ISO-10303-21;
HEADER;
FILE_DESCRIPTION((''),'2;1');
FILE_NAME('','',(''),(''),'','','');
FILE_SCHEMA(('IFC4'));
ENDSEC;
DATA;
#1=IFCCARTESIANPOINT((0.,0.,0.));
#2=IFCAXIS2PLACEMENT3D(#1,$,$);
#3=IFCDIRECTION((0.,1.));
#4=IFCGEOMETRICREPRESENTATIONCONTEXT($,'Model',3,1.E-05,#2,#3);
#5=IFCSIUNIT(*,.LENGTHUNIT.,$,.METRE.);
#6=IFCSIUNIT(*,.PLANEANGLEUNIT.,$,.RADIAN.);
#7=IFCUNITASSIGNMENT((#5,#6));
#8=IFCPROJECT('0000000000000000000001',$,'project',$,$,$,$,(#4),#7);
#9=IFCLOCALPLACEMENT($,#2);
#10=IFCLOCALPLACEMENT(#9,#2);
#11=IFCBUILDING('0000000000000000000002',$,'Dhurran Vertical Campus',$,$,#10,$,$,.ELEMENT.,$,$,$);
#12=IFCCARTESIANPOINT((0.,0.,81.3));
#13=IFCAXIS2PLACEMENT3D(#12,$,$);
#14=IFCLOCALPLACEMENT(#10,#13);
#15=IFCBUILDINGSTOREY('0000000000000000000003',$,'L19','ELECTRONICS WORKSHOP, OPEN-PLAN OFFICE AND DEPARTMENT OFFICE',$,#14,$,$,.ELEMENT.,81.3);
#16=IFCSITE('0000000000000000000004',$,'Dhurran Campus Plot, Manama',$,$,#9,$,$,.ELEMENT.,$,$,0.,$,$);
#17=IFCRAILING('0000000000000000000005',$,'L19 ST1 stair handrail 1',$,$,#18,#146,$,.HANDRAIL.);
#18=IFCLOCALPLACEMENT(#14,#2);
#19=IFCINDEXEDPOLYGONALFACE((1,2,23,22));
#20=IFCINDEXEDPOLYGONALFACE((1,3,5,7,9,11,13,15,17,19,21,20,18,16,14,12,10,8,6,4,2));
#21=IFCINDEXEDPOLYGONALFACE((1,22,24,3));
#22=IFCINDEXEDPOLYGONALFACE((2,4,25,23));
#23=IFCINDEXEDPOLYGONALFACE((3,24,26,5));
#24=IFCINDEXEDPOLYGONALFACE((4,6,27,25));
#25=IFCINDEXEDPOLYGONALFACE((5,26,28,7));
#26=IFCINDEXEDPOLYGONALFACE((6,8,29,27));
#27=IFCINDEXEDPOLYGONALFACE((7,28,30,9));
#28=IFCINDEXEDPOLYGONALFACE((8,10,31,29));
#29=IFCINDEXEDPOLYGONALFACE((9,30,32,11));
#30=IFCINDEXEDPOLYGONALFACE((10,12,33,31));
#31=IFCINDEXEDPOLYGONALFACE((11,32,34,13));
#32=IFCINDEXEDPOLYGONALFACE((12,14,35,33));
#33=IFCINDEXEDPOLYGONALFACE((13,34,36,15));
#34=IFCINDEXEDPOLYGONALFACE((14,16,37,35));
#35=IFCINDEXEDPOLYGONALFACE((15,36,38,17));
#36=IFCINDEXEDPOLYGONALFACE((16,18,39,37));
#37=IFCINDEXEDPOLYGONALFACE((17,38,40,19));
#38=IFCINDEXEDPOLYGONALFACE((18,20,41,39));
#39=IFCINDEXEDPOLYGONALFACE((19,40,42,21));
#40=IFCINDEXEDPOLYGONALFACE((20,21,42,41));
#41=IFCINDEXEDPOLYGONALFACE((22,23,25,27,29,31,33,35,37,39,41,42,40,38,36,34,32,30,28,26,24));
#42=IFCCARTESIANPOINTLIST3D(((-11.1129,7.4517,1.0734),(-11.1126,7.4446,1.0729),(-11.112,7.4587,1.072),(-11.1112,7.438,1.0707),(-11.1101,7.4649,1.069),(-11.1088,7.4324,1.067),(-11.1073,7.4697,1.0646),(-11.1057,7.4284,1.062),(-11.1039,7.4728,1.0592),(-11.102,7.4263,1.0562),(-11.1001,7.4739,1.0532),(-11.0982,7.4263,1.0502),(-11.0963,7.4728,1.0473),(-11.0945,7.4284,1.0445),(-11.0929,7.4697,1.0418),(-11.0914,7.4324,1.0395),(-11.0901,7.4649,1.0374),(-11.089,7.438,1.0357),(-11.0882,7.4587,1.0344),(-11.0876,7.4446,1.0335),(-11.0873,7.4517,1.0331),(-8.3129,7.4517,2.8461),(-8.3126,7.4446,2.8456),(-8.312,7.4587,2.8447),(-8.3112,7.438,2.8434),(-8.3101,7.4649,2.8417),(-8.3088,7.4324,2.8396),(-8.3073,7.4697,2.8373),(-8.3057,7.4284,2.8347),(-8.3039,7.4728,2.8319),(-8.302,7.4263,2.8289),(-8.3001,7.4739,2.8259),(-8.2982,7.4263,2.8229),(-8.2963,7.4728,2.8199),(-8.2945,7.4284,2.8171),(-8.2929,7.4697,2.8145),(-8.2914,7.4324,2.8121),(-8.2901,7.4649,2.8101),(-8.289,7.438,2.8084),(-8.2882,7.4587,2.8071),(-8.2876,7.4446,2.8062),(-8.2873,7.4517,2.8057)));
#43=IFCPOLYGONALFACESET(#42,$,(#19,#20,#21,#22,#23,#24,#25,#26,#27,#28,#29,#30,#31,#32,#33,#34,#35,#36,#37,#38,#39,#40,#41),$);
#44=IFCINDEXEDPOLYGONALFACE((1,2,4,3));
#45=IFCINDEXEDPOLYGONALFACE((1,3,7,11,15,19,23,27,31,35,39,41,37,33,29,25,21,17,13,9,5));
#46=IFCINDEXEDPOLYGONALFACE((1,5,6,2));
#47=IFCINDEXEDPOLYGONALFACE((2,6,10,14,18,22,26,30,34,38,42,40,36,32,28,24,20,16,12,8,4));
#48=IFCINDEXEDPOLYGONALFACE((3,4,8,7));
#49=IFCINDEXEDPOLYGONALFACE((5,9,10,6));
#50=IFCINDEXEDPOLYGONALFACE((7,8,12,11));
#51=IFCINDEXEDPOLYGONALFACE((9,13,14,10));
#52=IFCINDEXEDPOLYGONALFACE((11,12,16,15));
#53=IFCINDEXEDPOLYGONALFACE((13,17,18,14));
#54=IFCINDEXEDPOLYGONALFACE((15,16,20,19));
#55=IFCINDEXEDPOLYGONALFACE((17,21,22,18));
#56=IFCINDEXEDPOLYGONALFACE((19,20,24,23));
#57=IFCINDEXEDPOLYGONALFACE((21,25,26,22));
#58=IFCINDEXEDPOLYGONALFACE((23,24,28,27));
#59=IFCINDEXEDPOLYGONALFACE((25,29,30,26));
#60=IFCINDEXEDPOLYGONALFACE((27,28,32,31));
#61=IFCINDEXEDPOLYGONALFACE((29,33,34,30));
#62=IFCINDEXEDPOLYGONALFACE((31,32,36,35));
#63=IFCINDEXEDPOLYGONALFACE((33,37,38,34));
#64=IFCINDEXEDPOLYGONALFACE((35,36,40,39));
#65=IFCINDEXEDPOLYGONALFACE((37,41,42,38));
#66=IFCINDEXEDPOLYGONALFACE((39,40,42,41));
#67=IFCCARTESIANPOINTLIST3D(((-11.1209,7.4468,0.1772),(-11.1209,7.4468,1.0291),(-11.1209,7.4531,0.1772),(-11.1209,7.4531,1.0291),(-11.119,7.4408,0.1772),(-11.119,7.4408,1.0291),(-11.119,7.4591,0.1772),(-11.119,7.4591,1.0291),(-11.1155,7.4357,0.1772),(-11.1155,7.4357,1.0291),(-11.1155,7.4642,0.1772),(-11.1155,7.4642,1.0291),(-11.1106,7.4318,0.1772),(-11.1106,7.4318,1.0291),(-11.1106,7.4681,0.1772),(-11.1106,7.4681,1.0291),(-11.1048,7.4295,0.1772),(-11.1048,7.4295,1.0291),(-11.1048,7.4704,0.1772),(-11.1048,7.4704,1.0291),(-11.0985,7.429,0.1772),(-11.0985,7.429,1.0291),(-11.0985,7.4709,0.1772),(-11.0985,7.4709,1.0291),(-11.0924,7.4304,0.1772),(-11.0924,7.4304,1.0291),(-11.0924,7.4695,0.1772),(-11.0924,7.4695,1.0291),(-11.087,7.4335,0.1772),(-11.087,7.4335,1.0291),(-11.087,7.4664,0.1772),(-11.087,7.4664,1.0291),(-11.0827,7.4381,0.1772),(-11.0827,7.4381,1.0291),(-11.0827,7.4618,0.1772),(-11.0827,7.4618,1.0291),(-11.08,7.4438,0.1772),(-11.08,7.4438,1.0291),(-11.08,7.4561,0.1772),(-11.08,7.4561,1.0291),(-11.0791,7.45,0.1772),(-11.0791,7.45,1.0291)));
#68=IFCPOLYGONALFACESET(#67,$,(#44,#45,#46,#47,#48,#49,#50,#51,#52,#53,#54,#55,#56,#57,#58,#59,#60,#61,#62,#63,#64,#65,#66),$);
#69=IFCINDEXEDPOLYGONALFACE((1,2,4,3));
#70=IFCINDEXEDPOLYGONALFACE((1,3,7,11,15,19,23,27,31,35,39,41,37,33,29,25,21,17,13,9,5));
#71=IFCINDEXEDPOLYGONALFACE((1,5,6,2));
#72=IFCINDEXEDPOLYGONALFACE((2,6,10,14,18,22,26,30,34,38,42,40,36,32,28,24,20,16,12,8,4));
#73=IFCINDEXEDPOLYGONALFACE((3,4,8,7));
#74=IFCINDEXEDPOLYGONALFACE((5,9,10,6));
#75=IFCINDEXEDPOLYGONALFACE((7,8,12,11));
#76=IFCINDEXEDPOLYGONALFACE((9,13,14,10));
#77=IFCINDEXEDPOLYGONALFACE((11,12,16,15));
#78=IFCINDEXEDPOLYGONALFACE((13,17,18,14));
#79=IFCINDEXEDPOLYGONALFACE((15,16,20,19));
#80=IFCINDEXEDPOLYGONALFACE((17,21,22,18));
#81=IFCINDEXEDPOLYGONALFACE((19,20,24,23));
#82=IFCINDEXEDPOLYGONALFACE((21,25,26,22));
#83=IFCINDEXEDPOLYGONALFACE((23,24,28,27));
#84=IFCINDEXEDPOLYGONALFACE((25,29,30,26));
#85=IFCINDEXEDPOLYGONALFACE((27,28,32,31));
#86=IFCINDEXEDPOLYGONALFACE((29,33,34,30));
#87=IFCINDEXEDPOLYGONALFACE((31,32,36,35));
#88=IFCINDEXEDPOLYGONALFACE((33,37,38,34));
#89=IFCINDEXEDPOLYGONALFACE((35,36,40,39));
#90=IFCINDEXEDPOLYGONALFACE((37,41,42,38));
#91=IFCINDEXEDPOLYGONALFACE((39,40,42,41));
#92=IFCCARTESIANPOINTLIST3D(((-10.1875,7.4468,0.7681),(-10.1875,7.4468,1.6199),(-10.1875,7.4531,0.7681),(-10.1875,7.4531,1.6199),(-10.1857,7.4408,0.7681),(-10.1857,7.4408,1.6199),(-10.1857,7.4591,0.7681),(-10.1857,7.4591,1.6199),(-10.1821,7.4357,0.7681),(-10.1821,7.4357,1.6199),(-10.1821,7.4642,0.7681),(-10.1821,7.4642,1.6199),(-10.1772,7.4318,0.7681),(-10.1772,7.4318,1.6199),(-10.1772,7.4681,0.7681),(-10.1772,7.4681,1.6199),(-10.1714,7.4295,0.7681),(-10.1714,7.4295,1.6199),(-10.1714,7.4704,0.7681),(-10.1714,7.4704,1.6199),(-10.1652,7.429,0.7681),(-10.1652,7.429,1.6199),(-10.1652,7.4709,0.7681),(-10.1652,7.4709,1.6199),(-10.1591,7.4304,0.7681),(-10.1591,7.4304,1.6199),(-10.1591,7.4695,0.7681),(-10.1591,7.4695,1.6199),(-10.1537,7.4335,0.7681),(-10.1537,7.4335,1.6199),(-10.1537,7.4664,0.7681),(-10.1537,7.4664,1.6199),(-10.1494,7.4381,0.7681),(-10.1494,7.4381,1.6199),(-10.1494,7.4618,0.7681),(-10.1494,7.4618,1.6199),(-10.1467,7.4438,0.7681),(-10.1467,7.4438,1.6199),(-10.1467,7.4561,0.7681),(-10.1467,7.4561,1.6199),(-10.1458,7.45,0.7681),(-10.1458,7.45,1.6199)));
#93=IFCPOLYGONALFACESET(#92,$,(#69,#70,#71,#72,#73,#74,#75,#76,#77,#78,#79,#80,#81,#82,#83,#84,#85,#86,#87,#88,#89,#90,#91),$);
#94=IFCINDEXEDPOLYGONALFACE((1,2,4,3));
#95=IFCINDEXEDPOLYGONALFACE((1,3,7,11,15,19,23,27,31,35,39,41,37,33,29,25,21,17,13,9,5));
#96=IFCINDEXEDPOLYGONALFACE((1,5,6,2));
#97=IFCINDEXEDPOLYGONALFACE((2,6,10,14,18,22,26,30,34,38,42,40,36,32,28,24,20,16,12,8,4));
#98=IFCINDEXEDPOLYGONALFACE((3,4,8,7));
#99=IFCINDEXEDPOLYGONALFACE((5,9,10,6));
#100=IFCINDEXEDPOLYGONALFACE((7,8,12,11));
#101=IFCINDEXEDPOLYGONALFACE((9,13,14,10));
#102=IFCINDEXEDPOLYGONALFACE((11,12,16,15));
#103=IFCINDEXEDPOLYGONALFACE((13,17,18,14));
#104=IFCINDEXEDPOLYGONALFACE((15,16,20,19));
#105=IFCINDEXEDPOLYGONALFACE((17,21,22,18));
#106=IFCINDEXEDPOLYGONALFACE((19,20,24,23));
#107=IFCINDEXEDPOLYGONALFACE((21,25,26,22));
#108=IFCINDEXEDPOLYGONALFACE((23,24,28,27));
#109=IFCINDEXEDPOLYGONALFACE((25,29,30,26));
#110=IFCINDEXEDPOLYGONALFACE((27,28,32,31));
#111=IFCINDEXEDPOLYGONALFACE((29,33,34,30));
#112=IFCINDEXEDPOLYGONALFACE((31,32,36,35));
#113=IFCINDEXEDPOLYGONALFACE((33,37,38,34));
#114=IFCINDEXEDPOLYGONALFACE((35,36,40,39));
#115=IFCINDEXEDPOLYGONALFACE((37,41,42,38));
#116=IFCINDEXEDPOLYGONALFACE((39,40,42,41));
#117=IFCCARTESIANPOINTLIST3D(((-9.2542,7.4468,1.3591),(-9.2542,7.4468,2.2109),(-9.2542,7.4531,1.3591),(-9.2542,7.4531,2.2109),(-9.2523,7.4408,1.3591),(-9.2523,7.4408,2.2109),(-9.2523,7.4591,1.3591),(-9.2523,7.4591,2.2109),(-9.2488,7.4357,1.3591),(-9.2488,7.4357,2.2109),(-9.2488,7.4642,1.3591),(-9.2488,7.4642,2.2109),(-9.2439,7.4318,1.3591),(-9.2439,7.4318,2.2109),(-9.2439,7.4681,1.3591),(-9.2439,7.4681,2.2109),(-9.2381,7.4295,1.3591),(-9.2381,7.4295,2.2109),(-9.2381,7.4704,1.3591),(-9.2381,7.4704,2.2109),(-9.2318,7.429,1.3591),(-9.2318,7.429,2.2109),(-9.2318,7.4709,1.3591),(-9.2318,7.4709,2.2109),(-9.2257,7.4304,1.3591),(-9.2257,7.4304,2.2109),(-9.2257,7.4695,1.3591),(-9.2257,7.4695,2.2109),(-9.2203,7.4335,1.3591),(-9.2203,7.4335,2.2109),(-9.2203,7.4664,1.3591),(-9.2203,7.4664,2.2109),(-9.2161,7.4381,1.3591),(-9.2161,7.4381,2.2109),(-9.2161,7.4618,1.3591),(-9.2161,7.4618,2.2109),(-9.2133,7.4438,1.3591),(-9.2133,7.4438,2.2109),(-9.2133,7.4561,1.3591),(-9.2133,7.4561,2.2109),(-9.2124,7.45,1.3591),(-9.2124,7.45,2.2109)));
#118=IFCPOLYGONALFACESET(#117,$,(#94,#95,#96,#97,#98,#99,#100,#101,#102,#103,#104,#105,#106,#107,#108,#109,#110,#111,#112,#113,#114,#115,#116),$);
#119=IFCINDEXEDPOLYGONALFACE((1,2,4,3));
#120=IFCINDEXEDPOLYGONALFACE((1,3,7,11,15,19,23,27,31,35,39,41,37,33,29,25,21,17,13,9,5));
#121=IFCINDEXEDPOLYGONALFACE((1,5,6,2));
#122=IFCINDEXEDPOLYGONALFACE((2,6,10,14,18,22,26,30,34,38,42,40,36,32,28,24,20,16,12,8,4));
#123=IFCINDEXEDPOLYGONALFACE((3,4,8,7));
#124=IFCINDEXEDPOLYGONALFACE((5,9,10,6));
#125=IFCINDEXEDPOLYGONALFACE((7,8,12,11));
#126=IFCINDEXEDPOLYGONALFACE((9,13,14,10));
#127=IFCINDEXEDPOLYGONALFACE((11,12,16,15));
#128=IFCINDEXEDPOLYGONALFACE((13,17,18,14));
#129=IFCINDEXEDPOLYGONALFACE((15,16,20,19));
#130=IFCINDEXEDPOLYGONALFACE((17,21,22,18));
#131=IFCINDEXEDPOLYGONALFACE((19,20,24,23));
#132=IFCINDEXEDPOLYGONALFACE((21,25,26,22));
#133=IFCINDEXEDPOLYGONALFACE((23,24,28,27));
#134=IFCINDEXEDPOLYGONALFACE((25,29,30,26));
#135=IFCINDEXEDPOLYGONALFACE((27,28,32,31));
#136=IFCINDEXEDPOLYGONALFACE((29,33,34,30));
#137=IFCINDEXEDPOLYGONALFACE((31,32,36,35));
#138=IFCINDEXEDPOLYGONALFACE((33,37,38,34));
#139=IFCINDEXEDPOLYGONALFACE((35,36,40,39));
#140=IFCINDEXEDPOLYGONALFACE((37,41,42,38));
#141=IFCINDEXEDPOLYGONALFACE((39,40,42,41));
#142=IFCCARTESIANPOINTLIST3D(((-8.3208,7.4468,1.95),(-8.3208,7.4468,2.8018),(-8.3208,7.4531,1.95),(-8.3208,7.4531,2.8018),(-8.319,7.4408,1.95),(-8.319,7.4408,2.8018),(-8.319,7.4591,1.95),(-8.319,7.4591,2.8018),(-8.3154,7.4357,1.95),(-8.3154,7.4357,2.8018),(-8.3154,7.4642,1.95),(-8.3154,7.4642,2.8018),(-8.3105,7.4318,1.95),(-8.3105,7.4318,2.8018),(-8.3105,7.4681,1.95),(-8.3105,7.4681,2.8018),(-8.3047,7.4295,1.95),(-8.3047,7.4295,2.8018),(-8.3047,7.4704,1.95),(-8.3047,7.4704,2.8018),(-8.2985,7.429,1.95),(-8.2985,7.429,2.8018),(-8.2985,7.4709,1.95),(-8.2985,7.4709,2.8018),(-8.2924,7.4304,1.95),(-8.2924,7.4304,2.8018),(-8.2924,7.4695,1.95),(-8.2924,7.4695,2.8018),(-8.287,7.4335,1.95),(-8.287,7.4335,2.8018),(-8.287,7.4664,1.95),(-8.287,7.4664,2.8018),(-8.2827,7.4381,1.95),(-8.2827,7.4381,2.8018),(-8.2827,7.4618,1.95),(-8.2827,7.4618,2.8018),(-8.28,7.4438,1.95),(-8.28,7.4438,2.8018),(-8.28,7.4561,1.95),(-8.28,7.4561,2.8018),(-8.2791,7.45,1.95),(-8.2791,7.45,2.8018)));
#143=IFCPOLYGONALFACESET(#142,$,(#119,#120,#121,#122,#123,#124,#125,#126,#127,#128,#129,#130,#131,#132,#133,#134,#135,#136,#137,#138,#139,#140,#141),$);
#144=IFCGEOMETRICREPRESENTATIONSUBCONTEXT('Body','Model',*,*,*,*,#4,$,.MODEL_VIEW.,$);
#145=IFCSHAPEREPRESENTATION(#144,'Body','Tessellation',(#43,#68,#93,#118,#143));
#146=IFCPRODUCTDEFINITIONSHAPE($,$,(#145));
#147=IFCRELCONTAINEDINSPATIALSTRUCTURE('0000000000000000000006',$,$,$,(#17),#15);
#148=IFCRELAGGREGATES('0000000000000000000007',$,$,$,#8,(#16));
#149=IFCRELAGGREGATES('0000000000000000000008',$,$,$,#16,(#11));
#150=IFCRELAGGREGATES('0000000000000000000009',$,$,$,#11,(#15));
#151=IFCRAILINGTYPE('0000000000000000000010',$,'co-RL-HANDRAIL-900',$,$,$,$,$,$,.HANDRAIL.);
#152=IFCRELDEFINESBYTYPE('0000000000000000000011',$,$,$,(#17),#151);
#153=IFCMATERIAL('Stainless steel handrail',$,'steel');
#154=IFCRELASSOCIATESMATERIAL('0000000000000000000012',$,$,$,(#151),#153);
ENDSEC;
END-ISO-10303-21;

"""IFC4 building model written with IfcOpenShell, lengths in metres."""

from ifc_helpers import new_model, si_unit, direction, frame, origin, origin_2d, place, context, subcontext, project, spatial, circle, extrude, material, type_object, element, save


model = new_model("IFC4")

# Units and contexts
model_context = context("Model", 3, precision=1e-05, world=origin(), true_north=direction((0.0, 1.0)))
body_context = subcontext(model_context, "Body", "Model", "MODEL_VIEW")
ifc_project = project(units=[si_unit("LENGTHUNIT", "METRE"), si_unit("PLANEANGLEUNIT", "RADIAN")], contexts=[model_context])

# Site, building, storey
site_placement = place(None, origin())
site = spatial("IfcSite", under=ifc_project, at=site_placement, Name="Dhurran Campus Plot, Manama", CompositionType="ELEMENT", RefElevation=0.0)
building_placement = place(site_placement, origin())
building = spatial("IfcBuilding", under=site, at=building_placement, Name="Dhurran Vertical Campus", CompositionType="ELEMENT")
storey_placement = place(building_placement, frame((0.0, 0.0, 81.3)))
storey = spatial("IfcBuildingStorey", under=building, at=storey_placement, Name="L19", Description="ELECTRONICS WORKSHOP, OPEN-PLAN OFFICE AND DEPARTMENT OFFICE", CompositionType="ELEMENT", Elevation=81.3)

# Railing
ifc_material_1 = material(Name="Stainless steel handrail", Category="steel")
railing_type_1 = type_object("IfcRailingType", Name="co-RL-HANDRAIL-900", PredefinedType="HANDRAIL", material=ifc_material_1)
railing_1_placement = place(storey_placement, frame((-11.1001, 7.45, 0.1772)))
element("IfcRailing", 1, at=railing_1_placement, inside=storey, type_object=railing_type_1, Name="L19 ST1 stair handrail 1", PredefinedType="HANDRAIL", context=body_context, shape_type="SweptSolid", body=[
    extrude(circle(Radius=0.0239, at=origin_2d()), frame((0.0, 0.0, 0.876), z_axis=(0.844909, 0.0, 0.53491), x_axis=(0.0, 1.0, 0.0)), (0.0, 0.0, 1.0), 3.314),
    extrude(circle(Radius=0.021, at=origin_2d()), origin(), (0.0, 0.0, 1.0), 0.8518),
    extrude(circle(Radius=0.021, at=origin_2d()), frame((0.9333, 0.0, 0.5908)), (0.0, 0.0, 1.0), 0.8518),
    extrude(circle(Radius=0.021, at=origin_2d()), frame((1.8667, 0.0, 1.1819)), (0.0, 0.0, 1.0), 0.8518),
    extrude(circle(Radius=0.021, at=origin_2d()), frame((2.8, 0.0, 1.7727)), (0.0, 0.0, 1.0), 0.8518),
])

save(model, "model.ifc")
